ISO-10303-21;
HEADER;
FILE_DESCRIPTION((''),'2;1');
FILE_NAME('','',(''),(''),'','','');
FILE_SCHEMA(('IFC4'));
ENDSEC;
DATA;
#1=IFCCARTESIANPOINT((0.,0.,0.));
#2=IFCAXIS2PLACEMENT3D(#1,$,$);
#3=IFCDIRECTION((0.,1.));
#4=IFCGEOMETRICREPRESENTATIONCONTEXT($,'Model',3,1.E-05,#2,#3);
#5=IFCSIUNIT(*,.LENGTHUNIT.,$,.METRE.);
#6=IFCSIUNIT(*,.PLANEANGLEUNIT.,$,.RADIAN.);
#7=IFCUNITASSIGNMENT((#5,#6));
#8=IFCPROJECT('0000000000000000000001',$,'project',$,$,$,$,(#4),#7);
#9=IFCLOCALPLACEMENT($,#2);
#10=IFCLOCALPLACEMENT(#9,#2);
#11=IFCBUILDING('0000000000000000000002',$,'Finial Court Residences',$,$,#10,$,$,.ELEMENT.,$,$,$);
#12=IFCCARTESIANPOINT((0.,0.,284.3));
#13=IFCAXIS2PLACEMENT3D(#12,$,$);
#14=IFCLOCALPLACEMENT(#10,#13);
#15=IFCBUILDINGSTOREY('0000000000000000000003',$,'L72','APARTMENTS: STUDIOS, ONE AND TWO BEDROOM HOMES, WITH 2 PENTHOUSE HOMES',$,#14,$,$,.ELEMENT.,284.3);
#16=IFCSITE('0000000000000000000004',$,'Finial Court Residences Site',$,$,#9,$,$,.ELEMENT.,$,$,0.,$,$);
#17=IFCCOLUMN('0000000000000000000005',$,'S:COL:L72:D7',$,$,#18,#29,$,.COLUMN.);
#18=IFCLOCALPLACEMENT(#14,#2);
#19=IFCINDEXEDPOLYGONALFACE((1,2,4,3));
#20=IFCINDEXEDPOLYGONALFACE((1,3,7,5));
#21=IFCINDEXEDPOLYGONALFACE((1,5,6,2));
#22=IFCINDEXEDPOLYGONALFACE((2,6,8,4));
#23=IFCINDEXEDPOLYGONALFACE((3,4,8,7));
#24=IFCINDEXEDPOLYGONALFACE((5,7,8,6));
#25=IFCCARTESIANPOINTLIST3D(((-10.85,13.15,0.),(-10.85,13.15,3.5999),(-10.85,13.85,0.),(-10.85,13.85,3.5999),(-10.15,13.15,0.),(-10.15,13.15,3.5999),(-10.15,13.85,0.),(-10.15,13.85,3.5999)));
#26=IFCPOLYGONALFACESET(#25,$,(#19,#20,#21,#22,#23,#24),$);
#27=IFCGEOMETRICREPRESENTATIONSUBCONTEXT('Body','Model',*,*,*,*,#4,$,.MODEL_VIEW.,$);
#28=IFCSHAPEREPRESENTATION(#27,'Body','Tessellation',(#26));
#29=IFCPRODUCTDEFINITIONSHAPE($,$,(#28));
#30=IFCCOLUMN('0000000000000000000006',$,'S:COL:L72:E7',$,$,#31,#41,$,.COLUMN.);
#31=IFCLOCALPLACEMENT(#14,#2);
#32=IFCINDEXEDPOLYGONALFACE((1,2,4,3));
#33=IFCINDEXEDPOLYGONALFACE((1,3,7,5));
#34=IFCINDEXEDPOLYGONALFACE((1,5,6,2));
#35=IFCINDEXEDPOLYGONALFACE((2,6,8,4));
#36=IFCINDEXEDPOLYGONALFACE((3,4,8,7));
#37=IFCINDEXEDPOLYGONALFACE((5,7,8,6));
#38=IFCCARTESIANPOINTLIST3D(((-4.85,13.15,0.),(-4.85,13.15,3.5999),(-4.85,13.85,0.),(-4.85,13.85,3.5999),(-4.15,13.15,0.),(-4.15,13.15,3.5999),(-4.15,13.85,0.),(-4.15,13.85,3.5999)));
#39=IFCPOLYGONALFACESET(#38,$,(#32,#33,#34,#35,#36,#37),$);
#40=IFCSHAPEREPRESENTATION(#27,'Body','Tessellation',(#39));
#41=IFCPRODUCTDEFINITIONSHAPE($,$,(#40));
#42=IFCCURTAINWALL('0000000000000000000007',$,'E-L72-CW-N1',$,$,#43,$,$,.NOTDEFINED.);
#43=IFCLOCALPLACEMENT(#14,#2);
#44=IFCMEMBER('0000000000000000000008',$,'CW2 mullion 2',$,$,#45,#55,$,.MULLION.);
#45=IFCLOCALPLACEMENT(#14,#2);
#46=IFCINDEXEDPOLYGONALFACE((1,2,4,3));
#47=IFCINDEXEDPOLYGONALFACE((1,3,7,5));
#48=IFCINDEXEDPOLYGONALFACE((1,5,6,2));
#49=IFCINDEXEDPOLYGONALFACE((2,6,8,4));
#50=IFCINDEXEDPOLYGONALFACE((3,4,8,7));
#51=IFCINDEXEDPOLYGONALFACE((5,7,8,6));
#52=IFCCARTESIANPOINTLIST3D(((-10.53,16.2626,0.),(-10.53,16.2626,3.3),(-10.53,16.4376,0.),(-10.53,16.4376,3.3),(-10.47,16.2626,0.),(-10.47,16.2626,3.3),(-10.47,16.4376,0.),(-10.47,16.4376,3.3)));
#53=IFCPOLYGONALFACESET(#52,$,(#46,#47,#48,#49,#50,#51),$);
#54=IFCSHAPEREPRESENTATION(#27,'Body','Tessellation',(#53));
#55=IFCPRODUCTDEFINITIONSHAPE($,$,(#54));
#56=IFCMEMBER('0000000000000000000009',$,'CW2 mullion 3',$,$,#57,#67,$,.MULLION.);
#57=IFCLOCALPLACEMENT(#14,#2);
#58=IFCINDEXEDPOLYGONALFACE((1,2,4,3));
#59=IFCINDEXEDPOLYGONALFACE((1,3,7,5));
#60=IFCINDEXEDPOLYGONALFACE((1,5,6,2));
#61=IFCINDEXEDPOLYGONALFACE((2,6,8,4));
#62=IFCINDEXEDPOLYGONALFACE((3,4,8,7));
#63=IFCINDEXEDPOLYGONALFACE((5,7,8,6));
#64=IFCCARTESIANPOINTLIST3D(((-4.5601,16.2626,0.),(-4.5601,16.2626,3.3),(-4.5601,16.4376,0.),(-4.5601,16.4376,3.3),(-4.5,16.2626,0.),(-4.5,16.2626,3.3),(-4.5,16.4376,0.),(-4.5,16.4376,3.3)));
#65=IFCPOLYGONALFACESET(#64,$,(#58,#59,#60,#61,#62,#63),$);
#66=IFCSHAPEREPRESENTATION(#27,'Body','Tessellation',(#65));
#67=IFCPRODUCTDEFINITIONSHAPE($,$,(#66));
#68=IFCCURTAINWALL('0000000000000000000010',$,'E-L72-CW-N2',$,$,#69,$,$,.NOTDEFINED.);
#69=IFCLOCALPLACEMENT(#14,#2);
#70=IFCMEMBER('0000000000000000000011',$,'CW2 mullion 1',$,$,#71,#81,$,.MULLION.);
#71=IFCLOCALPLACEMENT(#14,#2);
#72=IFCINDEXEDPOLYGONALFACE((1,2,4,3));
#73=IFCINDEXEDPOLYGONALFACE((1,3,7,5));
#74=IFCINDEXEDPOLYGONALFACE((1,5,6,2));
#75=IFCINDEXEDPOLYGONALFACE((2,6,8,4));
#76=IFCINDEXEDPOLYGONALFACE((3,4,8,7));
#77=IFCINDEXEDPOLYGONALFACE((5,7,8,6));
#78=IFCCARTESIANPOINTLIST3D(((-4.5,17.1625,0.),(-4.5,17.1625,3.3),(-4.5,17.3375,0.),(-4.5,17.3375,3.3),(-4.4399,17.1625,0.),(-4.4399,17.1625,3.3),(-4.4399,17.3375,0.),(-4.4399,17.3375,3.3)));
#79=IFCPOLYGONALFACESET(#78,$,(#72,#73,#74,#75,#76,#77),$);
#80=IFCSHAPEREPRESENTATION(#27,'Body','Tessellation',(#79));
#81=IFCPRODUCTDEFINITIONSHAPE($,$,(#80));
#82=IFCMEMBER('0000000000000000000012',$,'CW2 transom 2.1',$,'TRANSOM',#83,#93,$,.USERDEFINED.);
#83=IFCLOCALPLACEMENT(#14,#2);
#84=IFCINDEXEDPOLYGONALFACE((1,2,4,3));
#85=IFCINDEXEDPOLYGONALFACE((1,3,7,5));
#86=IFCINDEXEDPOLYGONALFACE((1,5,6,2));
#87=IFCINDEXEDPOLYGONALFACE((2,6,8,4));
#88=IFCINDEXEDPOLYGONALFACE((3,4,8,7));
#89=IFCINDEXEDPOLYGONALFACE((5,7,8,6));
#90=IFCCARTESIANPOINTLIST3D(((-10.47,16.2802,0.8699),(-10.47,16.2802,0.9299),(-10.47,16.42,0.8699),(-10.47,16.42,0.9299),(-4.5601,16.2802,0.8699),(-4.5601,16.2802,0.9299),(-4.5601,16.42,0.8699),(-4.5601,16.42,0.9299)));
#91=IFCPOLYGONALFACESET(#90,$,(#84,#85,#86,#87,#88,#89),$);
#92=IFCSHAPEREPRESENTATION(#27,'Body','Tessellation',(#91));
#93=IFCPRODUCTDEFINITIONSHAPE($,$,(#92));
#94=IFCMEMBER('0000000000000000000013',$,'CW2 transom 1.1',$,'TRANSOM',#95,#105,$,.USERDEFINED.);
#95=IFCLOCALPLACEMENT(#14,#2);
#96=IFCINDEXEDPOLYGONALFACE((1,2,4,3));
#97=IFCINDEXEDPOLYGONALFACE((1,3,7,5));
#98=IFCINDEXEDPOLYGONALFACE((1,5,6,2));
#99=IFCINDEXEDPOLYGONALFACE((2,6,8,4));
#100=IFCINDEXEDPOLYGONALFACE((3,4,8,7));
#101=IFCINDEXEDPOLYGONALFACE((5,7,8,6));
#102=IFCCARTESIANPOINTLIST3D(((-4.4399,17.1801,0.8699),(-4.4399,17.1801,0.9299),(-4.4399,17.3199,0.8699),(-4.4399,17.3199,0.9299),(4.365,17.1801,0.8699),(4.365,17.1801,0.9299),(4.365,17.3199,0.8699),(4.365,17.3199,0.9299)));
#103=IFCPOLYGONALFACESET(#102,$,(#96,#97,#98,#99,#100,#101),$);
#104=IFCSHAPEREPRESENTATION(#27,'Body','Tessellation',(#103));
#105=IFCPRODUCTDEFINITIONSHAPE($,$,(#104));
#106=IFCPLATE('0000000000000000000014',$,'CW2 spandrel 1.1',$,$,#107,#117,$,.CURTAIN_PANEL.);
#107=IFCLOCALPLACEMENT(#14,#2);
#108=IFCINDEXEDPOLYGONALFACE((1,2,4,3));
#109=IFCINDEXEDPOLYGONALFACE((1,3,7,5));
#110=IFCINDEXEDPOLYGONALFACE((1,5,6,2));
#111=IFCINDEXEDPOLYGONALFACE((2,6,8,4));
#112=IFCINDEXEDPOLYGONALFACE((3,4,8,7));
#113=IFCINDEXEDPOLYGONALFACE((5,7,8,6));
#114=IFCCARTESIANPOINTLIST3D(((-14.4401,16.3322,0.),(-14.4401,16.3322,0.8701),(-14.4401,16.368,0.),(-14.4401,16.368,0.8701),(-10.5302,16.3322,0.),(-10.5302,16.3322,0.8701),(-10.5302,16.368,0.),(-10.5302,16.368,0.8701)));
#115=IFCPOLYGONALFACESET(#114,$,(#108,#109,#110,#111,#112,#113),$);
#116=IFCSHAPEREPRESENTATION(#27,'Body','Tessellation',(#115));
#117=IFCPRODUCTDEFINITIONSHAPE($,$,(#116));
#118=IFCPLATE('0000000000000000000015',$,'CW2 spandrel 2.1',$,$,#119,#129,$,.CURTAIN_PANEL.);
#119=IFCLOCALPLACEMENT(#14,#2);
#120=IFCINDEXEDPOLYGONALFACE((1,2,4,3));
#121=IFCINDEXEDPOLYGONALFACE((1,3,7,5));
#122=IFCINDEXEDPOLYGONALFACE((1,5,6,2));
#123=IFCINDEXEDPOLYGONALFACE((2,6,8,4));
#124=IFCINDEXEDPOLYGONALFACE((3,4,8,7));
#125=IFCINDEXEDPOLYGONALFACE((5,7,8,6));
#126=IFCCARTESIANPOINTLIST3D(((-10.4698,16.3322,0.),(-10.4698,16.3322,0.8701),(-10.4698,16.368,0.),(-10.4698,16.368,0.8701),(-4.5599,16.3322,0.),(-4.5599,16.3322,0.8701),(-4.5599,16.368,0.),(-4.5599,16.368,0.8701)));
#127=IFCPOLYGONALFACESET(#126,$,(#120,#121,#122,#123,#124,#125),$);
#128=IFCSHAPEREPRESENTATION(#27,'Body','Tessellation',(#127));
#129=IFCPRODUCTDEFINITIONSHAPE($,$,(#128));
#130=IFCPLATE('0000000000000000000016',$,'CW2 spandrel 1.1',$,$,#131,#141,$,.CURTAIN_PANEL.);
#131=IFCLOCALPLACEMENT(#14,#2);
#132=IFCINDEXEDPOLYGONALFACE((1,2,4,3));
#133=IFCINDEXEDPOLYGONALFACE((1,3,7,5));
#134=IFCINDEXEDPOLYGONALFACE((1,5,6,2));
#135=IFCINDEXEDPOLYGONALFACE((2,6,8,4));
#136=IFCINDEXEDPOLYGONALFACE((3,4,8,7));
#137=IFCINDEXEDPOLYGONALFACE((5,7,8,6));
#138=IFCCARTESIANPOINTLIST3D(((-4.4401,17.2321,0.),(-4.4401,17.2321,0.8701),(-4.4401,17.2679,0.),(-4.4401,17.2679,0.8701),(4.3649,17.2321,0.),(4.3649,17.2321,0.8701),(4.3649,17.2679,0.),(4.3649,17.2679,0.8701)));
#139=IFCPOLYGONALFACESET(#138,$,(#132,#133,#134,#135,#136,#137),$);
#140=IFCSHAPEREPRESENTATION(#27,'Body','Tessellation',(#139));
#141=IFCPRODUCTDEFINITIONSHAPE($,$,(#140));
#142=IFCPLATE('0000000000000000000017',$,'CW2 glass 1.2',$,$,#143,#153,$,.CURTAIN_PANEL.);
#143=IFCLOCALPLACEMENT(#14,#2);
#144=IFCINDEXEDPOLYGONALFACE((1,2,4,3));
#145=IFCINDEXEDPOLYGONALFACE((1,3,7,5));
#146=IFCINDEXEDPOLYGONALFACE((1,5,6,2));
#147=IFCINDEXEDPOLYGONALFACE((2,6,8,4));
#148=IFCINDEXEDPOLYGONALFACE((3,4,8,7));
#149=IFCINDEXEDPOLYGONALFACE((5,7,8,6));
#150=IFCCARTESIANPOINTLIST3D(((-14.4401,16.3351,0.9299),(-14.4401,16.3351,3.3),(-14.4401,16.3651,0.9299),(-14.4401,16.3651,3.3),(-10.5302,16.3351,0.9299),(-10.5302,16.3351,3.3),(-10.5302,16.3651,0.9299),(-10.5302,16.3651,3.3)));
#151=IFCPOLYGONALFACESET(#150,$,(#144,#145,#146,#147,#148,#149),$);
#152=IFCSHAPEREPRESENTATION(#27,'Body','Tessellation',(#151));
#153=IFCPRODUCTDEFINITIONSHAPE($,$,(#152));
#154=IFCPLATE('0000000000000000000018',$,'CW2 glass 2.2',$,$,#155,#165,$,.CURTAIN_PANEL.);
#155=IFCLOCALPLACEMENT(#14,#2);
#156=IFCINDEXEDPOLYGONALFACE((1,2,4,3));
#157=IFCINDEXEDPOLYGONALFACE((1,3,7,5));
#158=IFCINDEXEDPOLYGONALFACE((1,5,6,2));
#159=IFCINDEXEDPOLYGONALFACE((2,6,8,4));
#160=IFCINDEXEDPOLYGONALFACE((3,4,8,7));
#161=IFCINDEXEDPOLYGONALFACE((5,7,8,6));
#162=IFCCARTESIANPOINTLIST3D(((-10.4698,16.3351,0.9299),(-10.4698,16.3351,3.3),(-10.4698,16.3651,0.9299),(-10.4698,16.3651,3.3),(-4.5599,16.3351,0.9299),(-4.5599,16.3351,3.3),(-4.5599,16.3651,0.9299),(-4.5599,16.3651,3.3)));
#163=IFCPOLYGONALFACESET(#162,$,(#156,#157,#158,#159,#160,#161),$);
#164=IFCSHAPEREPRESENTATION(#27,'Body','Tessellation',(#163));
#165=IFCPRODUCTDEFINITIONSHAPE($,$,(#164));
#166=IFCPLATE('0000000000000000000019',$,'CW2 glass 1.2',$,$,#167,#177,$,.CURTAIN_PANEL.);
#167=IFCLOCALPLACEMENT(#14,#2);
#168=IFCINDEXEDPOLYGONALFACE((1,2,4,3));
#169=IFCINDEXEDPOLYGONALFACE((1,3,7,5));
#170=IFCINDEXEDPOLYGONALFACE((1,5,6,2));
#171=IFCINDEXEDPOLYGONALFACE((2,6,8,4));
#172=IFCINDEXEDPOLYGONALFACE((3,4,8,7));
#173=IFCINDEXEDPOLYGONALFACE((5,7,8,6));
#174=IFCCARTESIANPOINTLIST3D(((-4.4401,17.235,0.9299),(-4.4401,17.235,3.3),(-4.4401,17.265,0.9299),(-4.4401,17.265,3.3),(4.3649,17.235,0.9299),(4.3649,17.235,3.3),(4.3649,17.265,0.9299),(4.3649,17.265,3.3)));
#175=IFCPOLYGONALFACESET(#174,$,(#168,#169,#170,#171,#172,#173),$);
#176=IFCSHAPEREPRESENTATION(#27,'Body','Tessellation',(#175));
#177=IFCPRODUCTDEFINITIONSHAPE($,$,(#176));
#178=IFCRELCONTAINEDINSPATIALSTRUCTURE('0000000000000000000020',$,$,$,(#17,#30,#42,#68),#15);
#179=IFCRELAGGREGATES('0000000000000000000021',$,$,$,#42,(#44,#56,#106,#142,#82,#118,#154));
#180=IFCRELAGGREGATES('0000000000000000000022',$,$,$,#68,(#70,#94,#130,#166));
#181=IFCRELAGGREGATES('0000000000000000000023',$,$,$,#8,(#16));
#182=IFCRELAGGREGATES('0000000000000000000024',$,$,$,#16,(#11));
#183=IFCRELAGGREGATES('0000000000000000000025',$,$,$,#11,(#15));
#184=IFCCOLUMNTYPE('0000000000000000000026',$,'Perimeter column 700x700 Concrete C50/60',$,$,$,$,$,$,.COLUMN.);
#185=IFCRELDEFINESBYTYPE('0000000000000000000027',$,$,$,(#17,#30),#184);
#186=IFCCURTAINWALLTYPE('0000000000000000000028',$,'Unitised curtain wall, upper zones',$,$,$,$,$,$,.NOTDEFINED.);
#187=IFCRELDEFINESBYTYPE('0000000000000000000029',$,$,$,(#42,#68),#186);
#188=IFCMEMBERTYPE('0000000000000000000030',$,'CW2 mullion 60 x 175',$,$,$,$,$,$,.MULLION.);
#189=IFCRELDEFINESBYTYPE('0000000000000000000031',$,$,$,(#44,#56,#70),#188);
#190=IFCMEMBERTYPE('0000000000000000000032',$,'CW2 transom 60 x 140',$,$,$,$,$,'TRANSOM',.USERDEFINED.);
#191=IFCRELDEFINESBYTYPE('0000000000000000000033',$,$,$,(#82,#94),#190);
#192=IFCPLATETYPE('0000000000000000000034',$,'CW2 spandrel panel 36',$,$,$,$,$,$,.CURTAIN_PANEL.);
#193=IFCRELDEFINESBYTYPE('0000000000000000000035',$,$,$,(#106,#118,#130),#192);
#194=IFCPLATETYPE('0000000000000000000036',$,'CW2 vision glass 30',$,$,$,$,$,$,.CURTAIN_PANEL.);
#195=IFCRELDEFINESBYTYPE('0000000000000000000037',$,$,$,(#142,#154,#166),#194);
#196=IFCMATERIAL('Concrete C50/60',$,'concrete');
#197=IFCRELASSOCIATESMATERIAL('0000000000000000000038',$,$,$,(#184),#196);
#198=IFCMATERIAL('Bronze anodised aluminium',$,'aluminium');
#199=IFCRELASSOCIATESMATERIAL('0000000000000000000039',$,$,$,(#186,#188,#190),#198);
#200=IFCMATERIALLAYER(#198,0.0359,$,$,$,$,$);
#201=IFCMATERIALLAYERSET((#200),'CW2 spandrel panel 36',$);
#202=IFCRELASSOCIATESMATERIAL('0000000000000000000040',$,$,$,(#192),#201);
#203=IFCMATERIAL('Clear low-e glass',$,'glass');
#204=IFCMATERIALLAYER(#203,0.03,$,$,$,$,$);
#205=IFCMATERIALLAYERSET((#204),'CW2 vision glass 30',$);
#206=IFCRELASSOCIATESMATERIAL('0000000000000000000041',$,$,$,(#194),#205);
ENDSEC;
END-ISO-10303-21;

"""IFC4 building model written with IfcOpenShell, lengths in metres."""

from ifc_helpers import new_model, si_unit, direction, frame, origin, origin_2d, place, context, subcontext, project, spatial, rectangle, extrude, material, layer, layer_set, material_profile, profile_set, type_object, element, aggregate, save


model = new_model("IFC4")

# Units and contexts
model_context = context("Model", 3, precision=1e-05, world=origin(), true_north=direction((0.0, 1.0)))
body_context = subcontext(model_context, "Body", "Model", "MODEL_VIEW")
ifc_project = project(units=[si_unit("LENGTHUNIT", "METRE"), si_unit("PLANEANGLEUNIT", "RADIAN")], contexts=[model_context])

# Site, building, storey
site_placement = place(None, origin())
site = spatial("IfcSite", under=ifc_project, at=site_placement, Name="Finial Court Residences Site", CompositionType="ELEMENT", RefElevation=0.0)
building_placement = place(site_placement, origin())
building = spatial("IfcBuilding", under=site, at=building_placement, Name="Finial Court Residences", CompositionType="ELEMENT")
storey_placement = place(building_placement, frame((0.0, 0.0, 284.3)))
storey = spatial("IfcBuildingStorey", under=building, at=storey_placement, Name="L72", Description="APARTMENTS: STUDIOS, ONE AND TWO BEDROOM HOMES, WITH 2 PENTHOUSE HOMES", CompositionType="ELEMENT", Elevation=284.3)

# Columns
ifc_material_1 = material(Name="Concrete C50/60", Category="concrete")
ifc_material_profile_1 = material_profile(ifc_material_1, rectangle(XDim=0.7, YDim=0.7, at=origin_2d()), Name="700x700")
ifc_profile_set_1 = profile_set([ifc_material_profile_1], Name="Concrete C50/60")
column_type = type_object("IfcColumnType", Name="Perimeter column 700x700 Concrete C50/60", PredefinedType="COLUMN", material=ifc_profile_set_1)
for number, where, z_axis, x_axis, name in (
    (1, (-10.5, 13.5, 0.0), (0.0, 0.0, 1.0), (1.0, 0.0, 0.0), "S:COL:L72:D7"),
    (2, (-4.5, 13.5, 0.0), (0.0, 0.0, 1.0), (1.0, 0.0, 0.0), "S:COL:L72:E7"),
):
    element("IfcColumn", number, at=place(storey_placement, frame(where, z_axis=z_axis, x_axis=x_axis)), inside=storey, type_object=column_type, Name=name, PredefinedType="COLUMN", context=body_context, shape_type="SweptSolid", body=[
        extrude(rectangle(XDim=0.7, YDim=0.7, at=origin_2d()), origin(), (0.0, 0.0, 1.0), 3.5999),
    ])

# Curtain wall, members
ifc_material_2 = material(Name="Bronze anodised aluminium", Category="aluminium")
curtain_wall_type = type_object("IfcCurtainWallType", Name="Unitised curtain wall, upper zones", PredefinedType="NOTDEFINED", material=ifc_material_2)
curtain_wall_1_placement = place(storey_placement, origin())
curtain_wall_1 = element("IfcCurtainWall", 3, at=curtain_wall_1_placement, inside=storey, type_object=curtain_wall_type, Name="E-L72-CW-N1", PredefinedType="NOTDEFINED")
ifc_material_profile_2 = material_profile(ifc_material_2, rectangle(XDim=0.175, YDim=0.0601, at=origin_2d()), Name="CW2 mullion 60 x 175")
ifc_profile_set_2 = profile_set([ifc_material_profile_2], Name="Bronze anodised aluminium")
member_type_1 = type_object("IfcMemberType", Name="CW2 mullion 60 x 175", PredefinedType="MULLION", material=ifc_profile_set_2)
member_1_placement = place(storey_placement, frame((-10.5, 16.3501, 0.0), z_axis=(0.0, 0.0, 1.0), x_axis=(0.0, 1.0, 0.0)))
member_1 = element("IfcMember", 4, at=member_1_placement, type_object=member_type_1, Name="CW2 mullion 2", PredefinedType="MULLION", context=body_context, shape_type="SweptSolid", body=[
    extrude(rectangle(XDim=0.175, YDim=0.0601, at=origin_2d()), origin(), (0.0, 0.0, 1.0), 3.3),
])
member_2_placement = place(storey_placement, frame((-4.53, 16.3501, 0.0), z_axis=(0.0, 0.0, 1.0), x_axis=(0.0, 1.0, 0.0)))
member_2 = element("IfcMember", 5, at=member_2_placement, type_object=member_type_1, Name="CW2 mullion 3", PredefinedType="MULLION", context=body_context, shape_type="SweptSolid", body=[
    extrude(rectangle(XDim=0.175, YDim=0.0601, at=origin_2d()), origin(), (0.0, 0.0, 1.0), 3.3),
])

# Curtain wall, member
curtain_wall_2_placement = place(storey_placement, origin())
curtain_wall_2 = element("IfcCurtainWall", 6, at=curtain_wall_2_placement, inside=storey, type_object=curtain_wall_type, Name="E-L72-CW-N2", PredefinedType="NOTDEFINED")
member_3_placement = place(storey_placement, frame((-4.47, 17.25, 0.0), z_axis=(0.0, 0.0, 1.0), x_axis=(0.0, 1.0, 0.0)))
member_3 = element("IfcMember", 7, at=member_3_placement, type_object=member_type_1, Name="CW2 mullion 1", PredefinedType="MULLION", context=body_context, shape_type="SweptSolid", body=[
    extrude(rectangle(XDim=0.175, YDim=0.0601, at=origin_2d()), origin(), (0.0, 0.0, 1.0), 3.3),
])

# Members
ifc_material_profile_3 = material_profile(ifc_material_2, rectangle(XDim=0.1399, YDim=0.0601, at=origin_2d()), Name="CW2 transom 60 x 140")
ifc_profile_set_3 = profile_set([ifc_material_profile_3], Name="Bronze anodised aluminium")
member_type_2 = type_object("IfcMemberType", Name="CW2 transom 60 x 140", ElementType="TRANSOM", PredefinedType="USERDEFINED", material=ifc_profile_set_3)
member_4_placement = place(storey_placement, frame((-10.47, 16.3501, 0.8999), z_axis=(1.0, 0.0, 0.0), x_axis=(0.0, 1.0, 0.0)))
member_4 = element("IfcMember", 8, at=member_4_placement, type_object=member_type_2, Name="CW2 transom 2.1", ObjectType="TRANSOM", PredefinedType="USERDEFINED", context=body_context, shape_type="SweptSolid", body=[
    extrude(rectangle(XDim=0.1399, YDim=0.0601, at=origin_2d()), origin(), (0.0, 0.0, 1.0), 5.9099),
])
member_5_placement = place(storey_placement, frame((-4.4399, 17.25, 0.8999), z_axis=(1.0, 0.0, 0.0), x_axis=(0.0, 1.0, 0.0)))
member_5 = element("IfcMember", 9, at=member_5_placement, type_object=member_type_2, Name="CW2 transom 1.1", ObjectType="TRANSOM", PredefinedType="USERDEFINED", context=body_context, shape_type="SweptSolid", body=[
    extrude(rectangle(XDim=0.1399, YDim=0.0601, at=origin_2d()), origin(), (0.0, 0.0, 1.0), 8.8049),
])

# Plates
ifc_layer_1 = layer(ifc_material_2, 0.0359)
ifc_layer_set_1 = layer_set([ifc_layer_1], Name="CW2 spandrel panel 36")
plate_type_1 = type_object("IfcPlateType", Name="CW2 spandrel panel 36", PredefinedType="CURTAIN_PANEL", material=ifc_layer_set_1)
plate_1_placement = place(storey_placement, frame((-12.4851, 16.3501, 0.0), z_axis=(0.0, 0.0, 1.0), x_axis=(1.0, 0.0, 0.0)))
plate_1 = element("IfcPlate", 10, at=plate_1_placement, type_object=plate_type_1, Name="CW2 spandrel 1.1", PredefinedType="CURTAIN_PANEL", context=body_context, shape_type="SweptSolid", body=[
    extrude(rectangle(XDim=3.9099, YDim=0.0359, at=origin_2d()), origin(), (0.0, 0.0, 1.0), 0.8701),
])
plate_2_placement = place(storey_placement, frame((-7.5149, 16.3501, 0.0), z_axis=(0.0, 0.0, 1.0), x_axis=(1.0, 0.0, 0.0)))
plate_2 = element("IfcPlate", 11, at=plate_2_placement, type_object=plate_type_1, Name="CW2 spandrel 2.1", PredefinedType="CURTAIN_PANEL", context=body_context, shape_type="SweptSolid", body=[
    extrude(rectangle(XDim=5.9099, YDim=0.0359, at=origin_2d()), origin(), (0.0, 0.0, 1.0), 0.8701),
])
plate_3_placement = place(storey_placement, frame((-0.0376, 17.25, 0.0), z_axis=(0.0, 0.0, 1.0), x_axis=(1.0, 0.0, 0.0)))
plate_3 = element("IfcPlate", 12, at=plate_3_placement, type_object=plate_type_1, Name="CW2 spandrel 1.1", PredefinedType="CURTAIN_PANEL", context=body_context, shape_type="SweptSolid", body=[
    extrude(rectangle(XDim=8.8049, YDim=0.0359, at=origin_2d()), origin(), (0.0, 0.0, 1.0), 0.8701),
])
ifc_material_3 = material(Name="Clear low-e glass", Category="glass")
ifc_layer_2 = layer(ifc_material_3, 0.03)
ifc_layer_set_2 = layer_set([ifc_layer_2], Name="CW2 vision glass 30")
plate_type_2 = type_object("IfcPlateType", Name="CW2 vision glass 30", PredefinedType="CURTAIN_PANEL", material=ifc_layer_set_2)
plate_4_placement = place(storey_placement, frame((-12.4851, 16.3501, 0.9299), z_axis=(0.0, 0.0, 1.0), x_axis=(1.0, 0.0, 0.0)))
plate_4 = element("IfcPlate", 13, at=plate_4_placement, type_object=plate_type_2, Name="CW2 glass 1.2", PredefinedType="CURTAIN_PANEL", context=body_context, shape_type="SweptSolid", body=[
    extrude(rectangle(XDim=3.9099, YDim=0.03, at=origin_2d()), origin(), (0.0, 0.0, 1.0), 2.3701),
])
plate_5_placement = place(storey_placement, frame((-7.5149, 16.3501, 0.9299), z_axis=(0.0, 0.0, 1.0), x_axis=(1.0, 0.0, 0.0)))
plate_5 = element("IfcPlate", 14, at=plate_5_placement, type_object=plate_type_2, Name="CW2 glass 2.2", PredefinedType="CURTAIN_PANEL", context=body_context, shape_type="SweptSolid", body=[
    extrude(rectangle(XDim=5.9099, YDim=0.03, at=origin_2d()), origin(), (0.0, 0.0, 1.0), 2.3701),
])
aggregate(curtain_wall_1, [member_1, member_2, plate_1, plate_4, member_4, plate_2, plate_5])
plate_6_placement = place(storey_placement, frame((-0.0376, 17.25, 0.9299), z_axis=(0.0, 0.0, 1.0), x_axis=(1.0, 0.0, 0.0)))
plate_6 = element("IfcPlate", 15, at=plate_6_placement, type_object=plate_type_2, Name="CW2 glass 1.2", PredefinedType="CURTAIN_PANEL", context=body_context, shape_type="SweptSolid", body=[
    extrude(rectangle(XDim=8.8049, YDim=0.03, at=origin_2d()), origin(), (0.0, 0.0, 1.0), 2.3701),
])
aggregate(curtain_wall_2, [member_3, member_5, plate_3, plate_6])

save(model, "model.ifc")
